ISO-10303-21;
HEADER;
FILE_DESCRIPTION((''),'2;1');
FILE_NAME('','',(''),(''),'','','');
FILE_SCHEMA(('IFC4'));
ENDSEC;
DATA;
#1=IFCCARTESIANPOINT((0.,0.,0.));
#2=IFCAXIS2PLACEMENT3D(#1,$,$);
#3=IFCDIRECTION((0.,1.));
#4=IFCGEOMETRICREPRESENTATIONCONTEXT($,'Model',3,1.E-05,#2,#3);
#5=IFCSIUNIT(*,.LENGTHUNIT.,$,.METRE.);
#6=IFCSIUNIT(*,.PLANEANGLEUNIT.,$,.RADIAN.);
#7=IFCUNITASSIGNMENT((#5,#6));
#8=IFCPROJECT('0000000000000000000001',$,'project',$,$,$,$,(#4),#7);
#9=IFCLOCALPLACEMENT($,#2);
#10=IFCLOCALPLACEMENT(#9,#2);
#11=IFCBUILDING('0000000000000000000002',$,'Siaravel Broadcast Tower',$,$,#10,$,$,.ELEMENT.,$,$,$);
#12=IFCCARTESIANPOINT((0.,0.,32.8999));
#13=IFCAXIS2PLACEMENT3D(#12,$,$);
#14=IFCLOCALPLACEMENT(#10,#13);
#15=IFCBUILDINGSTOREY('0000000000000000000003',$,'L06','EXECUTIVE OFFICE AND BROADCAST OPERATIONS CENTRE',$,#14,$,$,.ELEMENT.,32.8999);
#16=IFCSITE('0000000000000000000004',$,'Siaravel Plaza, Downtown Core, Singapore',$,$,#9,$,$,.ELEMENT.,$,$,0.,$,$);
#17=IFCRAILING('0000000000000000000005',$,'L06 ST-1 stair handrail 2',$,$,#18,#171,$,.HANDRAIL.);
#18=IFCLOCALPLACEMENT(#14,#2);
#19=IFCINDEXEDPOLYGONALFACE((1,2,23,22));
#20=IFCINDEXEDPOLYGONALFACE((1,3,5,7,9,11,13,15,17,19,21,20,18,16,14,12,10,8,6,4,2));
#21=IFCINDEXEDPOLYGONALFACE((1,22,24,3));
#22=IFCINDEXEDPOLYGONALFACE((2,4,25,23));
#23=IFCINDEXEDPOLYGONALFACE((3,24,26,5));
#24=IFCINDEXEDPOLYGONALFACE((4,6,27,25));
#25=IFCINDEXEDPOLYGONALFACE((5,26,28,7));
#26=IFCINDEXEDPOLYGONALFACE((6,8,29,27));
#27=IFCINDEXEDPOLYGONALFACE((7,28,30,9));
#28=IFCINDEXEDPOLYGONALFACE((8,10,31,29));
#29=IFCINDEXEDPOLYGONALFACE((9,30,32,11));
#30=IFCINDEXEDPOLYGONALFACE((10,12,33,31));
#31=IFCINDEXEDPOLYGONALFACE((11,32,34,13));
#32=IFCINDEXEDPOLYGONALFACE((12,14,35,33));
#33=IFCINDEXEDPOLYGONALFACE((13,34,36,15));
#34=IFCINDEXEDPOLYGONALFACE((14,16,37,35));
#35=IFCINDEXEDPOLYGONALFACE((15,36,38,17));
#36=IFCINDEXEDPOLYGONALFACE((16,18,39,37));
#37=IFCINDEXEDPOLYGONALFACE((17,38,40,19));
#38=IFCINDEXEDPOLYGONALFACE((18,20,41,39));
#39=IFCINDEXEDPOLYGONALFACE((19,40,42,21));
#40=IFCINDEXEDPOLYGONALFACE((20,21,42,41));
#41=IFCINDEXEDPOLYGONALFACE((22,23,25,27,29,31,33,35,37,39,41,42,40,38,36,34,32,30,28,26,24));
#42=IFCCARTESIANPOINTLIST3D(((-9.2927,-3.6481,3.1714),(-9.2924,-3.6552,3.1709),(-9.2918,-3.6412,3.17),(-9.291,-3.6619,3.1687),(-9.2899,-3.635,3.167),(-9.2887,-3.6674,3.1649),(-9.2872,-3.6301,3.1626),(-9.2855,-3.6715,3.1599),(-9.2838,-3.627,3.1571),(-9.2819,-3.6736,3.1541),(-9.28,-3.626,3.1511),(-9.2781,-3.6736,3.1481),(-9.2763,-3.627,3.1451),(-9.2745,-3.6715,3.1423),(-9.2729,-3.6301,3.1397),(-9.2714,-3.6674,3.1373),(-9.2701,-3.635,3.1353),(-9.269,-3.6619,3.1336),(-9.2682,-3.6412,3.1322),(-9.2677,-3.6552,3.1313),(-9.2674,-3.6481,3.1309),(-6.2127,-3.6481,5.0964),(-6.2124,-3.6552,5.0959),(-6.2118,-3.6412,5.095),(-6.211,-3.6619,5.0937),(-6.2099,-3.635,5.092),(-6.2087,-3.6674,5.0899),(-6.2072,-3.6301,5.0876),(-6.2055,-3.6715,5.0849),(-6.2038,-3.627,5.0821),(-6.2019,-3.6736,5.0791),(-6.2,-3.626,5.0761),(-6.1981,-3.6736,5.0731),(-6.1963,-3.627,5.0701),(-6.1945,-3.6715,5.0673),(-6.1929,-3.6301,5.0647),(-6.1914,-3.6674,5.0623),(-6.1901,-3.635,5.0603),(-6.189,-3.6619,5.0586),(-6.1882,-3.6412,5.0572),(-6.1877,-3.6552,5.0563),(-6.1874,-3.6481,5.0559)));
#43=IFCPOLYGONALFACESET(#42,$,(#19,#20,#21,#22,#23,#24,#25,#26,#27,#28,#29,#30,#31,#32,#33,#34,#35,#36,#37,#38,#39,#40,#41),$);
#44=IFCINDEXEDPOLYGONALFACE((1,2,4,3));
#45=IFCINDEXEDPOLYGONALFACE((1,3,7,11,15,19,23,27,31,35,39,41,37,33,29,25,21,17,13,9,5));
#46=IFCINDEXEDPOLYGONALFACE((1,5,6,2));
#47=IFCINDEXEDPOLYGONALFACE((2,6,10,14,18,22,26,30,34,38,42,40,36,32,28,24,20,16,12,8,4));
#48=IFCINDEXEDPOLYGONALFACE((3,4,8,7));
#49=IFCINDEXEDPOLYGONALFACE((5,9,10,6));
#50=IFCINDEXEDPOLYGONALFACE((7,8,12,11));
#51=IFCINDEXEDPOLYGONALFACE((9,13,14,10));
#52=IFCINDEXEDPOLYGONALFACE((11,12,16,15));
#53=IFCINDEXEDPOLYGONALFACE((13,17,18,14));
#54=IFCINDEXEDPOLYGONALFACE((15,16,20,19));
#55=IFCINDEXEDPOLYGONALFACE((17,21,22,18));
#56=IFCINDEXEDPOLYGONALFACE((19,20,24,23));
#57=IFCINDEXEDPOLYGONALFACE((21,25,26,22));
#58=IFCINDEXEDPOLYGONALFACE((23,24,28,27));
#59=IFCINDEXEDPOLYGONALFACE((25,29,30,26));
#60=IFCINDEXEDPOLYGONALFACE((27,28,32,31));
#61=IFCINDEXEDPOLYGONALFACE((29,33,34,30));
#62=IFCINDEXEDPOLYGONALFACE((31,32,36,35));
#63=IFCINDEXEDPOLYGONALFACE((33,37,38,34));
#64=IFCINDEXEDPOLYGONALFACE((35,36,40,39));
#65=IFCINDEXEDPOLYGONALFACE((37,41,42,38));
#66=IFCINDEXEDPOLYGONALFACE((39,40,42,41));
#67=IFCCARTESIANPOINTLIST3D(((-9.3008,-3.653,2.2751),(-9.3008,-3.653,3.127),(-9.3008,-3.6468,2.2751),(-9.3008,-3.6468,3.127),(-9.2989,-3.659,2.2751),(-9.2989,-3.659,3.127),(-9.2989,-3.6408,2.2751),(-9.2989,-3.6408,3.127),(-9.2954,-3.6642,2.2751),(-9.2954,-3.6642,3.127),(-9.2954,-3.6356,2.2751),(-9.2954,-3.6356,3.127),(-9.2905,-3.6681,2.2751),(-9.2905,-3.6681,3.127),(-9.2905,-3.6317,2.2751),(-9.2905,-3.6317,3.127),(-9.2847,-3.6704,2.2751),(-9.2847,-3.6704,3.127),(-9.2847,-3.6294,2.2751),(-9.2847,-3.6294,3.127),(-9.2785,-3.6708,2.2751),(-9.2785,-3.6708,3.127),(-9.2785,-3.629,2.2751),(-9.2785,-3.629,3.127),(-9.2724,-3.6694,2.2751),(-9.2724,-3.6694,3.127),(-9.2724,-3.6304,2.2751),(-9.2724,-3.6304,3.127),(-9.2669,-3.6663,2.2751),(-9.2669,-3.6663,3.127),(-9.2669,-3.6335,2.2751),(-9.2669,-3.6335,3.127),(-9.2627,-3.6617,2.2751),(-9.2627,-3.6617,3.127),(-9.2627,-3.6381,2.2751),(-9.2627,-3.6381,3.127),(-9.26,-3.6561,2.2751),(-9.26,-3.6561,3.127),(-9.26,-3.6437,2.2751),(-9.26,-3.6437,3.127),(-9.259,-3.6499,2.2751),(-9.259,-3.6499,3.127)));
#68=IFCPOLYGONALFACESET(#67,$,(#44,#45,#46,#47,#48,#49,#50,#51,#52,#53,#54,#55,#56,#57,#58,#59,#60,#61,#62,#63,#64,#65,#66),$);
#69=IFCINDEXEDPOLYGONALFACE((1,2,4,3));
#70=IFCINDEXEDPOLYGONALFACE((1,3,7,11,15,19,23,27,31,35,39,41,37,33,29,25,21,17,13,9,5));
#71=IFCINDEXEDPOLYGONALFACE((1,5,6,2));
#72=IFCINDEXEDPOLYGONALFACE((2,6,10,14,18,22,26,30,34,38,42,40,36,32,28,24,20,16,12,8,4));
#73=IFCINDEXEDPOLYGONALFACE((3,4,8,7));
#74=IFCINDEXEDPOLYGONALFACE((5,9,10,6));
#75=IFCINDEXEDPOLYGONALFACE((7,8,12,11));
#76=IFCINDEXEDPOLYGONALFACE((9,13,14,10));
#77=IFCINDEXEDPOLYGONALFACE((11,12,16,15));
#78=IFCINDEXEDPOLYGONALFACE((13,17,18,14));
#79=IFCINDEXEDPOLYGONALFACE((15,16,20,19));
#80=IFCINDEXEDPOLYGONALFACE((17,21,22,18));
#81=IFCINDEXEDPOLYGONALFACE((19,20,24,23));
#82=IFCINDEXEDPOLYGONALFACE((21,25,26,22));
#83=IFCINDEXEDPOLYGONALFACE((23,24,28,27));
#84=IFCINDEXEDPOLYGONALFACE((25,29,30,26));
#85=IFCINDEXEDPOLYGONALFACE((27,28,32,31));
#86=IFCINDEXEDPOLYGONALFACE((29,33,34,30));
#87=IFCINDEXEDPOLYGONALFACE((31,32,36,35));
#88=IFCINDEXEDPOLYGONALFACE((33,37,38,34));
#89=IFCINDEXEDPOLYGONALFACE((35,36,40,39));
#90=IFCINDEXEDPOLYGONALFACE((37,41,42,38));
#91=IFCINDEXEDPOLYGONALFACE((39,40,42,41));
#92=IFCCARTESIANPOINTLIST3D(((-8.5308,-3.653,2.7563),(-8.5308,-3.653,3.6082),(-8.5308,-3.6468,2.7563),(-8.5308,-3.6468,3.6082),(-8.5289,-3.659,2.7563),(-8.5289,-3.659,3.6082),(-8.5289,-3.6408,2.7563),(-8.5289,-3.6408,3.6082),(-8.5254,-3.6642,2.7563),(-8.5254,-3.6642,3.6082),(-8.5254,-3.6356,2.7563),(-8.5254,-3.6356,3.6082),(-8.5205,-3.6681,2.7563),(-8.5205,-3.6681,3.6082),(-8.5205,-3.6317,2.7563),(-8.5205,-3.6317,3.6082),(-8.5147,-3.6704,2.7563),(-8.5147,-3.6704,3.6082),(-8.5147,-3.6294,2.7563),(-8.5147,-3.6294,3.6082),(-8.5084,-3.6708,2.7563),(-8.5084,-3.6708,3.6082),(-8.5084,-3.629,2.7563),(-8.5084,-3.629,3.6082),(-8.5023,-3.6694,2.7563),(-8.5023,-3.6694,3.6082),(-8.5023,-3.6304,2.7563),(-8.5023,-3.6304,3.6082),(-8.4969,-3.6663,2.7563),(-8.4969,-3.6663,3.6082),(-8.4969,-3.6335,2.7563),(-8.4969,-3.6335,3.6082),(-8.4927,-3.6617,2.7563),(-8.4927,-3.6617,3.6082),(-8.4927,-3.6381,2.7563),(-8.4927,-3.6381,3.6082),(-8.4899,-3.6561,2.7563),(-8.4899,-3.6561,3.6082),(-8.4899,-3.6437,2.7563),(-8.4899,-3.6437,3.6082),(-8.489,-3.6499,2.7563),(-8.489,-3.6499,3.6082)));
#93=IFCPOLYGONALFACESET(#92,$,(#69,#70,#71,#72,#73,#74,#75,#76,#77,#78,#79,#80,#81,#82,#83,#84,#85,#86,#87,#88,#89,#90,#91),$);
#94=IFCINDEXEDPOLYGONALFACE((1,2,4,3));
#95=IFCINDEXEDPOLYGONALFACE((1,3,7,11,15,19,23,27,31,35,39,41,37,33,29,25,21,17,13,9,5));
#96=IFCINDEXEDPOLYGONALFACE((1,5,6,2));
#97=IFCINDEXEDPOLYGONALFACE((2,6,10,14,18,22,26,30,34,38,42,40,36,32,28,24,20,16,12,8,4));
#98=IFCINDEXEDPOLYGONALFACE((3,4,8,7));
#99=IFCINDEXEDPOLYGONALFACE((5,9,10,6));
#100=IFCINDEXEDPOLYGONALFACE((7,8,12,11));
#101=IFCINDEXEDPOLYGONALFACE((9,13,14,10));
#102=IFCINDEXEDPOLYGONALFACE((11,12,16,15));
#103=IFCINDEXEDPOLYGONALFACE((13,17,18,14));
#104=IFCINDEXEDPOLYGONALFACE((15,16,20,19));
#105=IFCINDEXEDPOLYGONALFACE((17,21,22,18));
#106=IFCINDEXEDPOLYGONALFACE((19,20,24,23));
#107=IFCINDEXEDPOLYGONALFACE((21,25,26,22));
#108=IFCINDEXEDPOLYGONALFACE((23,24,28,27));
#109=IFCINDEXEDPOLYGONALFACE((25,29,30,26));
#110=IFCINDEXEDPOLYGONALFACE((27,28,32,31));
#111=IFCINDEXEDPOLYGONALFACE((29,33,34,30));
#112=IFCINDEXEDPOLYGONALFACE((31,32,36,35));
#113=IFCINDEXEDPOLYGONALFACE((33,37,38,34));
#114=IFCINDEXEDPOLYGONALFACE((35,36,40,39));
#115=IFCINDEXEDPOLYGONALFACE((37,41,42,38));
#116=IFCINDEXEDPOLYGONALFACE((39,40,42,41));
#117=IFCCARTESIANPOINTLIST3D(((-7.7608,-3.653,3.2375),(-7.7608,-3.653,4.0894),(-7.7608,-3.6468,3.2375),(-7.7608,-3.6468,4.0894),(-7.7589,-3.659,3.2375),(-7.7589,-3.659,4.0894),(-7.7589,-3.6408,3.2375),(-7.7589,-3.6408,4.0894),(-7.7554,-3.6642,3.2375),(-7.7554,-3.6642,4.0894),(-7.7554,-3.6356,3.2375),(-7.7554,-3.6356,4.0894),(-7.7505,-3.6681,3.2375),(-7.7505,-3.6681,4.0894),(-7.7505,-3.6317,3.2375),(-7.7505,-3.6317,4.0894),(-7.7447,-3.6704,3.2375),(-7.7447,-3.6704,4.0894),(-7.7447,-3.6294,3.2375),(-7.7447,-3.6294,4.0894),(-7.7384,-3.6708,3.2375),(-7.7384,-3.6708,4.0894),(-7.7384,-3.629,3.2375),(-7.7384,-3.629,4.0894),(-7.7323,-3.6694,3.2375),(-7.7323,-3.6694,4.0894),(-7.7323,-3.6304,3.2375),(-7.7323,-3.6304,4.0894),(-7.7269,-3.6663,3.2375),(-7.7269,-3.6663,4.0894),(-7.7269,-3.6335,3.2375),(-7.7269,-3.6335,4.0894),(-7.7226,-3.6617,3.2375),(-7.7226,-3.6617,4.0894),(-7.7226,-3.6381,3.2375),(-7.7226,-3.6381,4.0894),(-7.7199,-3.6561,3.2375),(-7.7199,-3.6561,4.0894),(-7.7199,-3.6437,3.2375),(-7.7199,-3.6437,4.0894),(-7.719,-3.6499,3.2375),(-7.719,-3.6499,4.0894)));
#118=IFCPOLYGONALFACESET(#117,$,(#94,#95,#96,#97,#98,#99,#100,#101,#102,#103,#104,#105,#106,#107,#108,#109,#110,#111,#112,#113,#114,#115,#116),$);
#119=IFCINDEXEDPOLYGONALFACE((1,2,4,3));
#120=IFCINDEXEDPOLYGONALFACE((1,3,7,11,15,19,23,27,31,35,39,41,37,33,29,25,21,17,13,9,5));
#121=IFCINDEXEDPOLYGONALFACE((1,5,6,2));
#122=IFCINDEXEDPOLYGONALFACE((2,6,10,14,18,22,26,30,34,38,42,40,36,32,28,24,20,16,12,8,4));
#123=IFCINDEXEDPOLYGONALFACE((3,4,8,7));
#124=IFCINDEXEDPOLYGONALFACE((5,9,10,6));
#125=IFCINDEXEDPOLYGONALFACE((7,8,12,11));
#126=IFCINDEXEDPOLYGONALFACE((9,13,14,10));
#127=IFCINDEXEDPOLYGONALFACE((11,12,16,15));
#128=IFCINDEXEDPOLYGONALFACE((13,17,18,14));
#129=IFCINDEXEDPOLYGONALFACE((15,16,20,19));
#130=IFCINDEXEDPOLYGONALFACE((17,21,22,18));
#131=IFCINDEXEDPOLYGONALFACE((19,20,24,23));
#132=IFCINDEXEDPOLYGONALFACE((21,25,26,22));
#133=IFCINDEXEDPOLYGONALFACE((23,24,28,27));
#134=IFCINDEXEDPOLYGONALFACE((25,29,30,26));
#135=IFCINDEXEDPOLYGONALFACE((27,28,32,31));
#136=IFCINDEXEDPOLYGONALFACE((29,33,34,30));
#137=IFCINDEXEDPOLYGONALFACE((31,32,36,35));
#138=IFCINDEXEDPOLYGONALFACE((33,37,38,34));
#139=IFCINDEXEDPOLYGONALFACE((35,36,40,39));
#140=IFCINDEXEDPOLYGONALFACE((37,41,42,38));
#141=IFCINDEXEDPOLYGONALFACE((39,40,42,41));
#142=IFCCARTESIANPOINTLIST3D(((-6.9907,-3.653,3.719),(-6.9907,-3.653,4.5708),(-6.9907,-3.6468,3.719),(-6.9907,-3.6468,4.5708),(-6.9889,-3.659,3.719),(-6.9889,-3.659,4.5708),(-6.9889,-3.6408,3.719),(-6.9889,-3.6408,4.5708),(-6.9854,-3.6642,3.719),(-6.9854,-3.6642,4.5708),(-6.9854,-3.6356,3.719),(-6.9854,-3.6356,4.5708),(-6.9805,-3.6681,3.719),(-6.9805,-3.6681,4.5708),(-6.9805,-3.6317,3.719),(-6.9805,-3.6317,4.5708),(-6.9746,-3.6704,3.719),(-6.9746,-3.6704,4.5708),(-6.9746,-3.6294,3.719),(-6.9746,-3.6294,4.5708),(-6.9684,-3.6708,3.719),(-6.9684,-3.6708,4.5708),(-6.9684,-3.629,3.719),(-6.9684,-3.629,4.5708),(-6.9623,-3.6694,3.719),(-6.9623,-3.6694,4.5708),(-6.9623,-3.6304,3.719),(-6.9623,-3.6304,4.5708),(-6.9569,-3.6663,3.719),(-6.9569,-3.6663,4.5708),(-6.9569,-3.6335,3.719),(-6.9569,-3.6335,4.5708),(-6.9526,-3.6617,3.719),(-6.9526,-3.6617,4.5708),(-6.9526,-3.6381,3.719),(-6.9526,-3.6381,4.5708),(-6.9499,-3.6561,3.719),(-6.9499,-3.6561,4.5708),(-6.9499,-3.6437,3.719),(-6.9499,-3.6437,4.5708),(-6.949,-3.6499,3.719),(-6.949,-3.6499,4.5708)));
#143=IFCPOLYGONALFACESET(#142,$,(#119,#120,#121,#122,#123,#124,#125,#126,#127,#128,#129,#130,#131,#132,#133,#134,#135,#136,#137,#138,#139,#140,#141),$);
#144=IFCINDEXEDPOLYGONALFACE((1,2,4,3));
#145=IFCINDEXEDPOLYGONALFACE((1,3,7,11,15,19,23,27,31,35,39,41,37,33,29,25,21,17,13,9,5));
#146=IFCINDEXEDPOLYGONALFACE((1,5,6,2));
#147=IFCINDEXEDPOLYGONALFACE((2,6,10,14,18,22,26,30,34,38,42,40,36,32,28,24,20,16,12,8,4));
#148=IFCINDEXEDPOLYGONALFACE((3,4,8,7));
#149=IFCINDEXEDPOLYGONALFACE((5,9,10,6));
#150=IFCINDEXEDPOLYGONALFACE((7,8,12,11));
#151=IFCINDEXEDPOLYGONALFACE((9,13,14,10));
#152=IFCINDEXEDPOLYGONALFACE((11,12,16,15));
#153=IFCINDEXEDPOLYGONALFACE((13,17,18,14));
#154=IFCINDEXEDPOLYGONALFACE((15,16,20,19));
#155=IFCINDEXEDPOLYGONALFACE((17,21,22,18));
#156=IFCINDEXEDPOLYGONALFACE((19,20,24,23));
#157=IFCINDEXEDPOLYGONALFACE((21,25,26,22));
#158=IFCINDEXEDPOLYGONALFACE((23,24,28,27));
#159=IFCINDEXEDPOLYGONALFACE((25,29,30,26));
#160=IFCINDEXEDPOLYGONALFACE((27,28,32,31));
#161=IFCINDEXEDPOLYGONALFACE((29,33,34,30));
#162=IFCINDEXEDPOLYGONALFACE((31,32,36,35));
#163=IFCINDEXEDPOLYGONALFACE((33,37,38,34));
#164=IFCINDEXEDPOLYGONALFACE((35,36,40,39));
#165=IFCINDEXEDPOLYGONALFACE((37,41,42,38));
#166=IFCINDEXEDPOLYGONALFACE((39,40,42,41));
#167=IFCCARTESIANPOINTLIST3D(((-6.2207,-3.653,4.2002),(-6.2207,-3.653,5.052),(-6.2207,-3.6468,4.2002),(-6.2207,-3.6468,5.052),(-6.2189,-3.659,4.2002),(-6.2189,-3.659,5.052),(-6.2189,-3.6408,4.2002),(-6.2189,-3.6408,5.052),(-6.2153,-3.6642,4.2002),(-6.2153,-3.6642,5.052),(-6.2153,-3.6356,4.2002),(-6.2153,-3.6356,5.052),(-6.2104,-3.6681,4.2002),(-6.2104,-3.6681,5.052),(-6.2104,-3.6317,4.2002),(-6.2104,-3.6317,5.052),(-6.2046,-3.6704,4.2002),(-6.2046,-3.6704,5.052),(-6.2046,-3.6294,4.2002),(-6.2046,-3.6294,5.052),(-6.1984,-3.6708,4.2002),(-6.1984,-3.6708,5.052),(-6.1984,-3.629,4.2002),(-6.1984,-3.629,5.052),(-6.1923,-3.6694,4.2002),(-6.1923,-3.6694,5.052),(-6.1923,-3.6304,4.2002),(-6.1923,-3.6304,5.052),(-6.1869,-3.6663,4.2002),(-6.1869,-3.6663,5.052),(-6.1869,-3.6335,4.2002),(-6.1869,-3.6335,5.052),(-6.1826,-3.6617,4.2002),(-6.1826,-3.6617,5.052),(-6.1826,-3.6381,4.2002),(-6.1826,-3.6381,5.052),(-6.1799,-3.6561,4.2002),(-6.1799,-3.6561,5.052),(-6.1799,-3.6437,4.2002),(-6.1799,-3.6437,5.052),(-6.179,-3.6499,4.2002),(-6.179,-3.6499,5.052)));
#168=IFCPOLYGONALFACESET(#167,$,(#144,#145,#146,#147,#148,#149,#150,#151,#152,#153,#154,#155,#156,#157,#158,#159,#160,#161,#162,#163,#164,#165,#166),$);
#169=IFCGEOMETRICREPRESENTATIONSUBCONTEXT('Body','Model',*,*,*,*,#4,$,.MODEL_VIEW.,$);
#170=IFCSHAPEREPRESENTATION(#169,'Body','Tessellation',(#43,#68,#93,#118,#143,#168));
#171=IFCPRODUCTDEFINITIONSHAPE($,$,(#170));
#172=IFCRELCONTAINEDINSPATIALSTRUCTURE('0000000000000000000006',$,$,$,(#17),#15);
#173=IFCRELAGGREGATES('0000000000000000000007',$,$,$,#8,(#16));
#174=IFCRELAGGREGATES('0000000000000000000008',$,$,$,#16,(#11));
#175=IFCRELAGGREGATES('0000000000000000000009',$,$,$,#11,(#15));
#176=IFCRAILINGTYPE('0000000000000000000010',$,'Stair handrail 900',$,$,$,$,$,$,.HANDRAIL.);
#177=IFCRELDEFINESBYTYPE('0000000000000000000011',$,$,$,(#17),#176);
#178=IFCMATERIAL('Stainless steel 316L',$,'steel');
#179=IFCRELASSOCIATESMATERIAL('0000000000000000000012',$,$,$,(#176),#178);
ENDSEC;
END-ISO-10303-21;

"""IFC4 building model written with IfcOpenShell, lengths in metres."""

from ifc_helpers import new_model, si_unit, direction, frame, origin, origin_2d, place, context, subcontext, project, spatial, circle, extrude, material, type_object, element, save


model = new_model("IFC4")

# Units and contexts
model_context = context("Model", 3, precision=1e-05, world=origin(), true_north=direction((0.0, 1.0)))
body_context = subcontext(model_context, "Body", "Model", "MODEL_VIEW")
ifc_project = project(units=[si_unit("LENGTHUNIT", "METRE"), si_unit("PLANEANGLEUNIT", "RADIAN")], contexts=[model_context])

# Site, building, storey
site_placement = place(None, origin())
site = spatial("IfcSite", under=ifc_project, at=site_placement, Name="Siaravel Plaza, Downtown Core, Singapore", CompositionType="ELEMENT", RefElevation=0.0)
building_placement = place(site_placement, origin())
building = spatial("IfcBuilding", under=site, at=building_placement, Name="Siaravel Broadcast Tower", CompositionType="ELEMENT")
storey_placement = place(building_placement, frame((0.0, 0.0, 32.8999)))
storey = spatial("IfcBuildingStorey", under=building, at=storey_placement, Name="L06", Description="EXECUTIVE OFFICE AND BROADCAST OPERATIONS CENTRE", CompositionType="ELEMENT", Elevation=32.8999)

# Railing
ifc_material_1 = material(Name="Stainless steel 316L", Category="steel")
railing_type_1 = type_object("IfcRailingType", Name="Stair handrail 900", PredefinedType="HANDRAIL", material=ifc_material_1)
railing_1_placement = place(storey_placement, frame((-9.28, -3.6499, 2.2751)))
element("IfcRailing", 1, at=railing_1_placement, inside=storey, type_object=railing_type_1, Name="L06 ST-1 stair handrail 2", PredefinedType="HANDRAIL", context=body_context, shape_type="SweptSolid", body=[
    extrude(circle(Radius=0.0239, at=origin_2d()), frame((0.0, 0.0, 0.876), z_axis=(0.847998, 0.0, 0.529999), x_axis=(0.0, 1.0, 0.0)), (0.0, 0.0, 1.0), 3.6321),
    extrude(circle(Radius=0.021, at=origin_2d()), origin(), (0.0, 0.0, 1.0), 0.8518),
    extrude(circle(Radius=0.021, at=origin_2d()), frame((0.77, 0.0, 0.4812)), (0.0, 0.0, 1.0), 0.8518),
    extrude(circle(Radius=0.021, at=origin_2d()), frame((1.54, 0.0, 0.9624)), (0.0, 0.0, 1.0), 0.8518),
    extrude(circle(Radius=0.021, at=origin_2d()), frame((2.3101, 0.0, 1.4438)), (0.0, 0.0, 1.0), 0.8518),
    extrude(circle(Radius=0.021, at=origin_2d()), frame((3.0801, 0.0, 1.925)), (0.0, 0.0, 1.0), 0.8518),
])

save(model, "model.ifc")
